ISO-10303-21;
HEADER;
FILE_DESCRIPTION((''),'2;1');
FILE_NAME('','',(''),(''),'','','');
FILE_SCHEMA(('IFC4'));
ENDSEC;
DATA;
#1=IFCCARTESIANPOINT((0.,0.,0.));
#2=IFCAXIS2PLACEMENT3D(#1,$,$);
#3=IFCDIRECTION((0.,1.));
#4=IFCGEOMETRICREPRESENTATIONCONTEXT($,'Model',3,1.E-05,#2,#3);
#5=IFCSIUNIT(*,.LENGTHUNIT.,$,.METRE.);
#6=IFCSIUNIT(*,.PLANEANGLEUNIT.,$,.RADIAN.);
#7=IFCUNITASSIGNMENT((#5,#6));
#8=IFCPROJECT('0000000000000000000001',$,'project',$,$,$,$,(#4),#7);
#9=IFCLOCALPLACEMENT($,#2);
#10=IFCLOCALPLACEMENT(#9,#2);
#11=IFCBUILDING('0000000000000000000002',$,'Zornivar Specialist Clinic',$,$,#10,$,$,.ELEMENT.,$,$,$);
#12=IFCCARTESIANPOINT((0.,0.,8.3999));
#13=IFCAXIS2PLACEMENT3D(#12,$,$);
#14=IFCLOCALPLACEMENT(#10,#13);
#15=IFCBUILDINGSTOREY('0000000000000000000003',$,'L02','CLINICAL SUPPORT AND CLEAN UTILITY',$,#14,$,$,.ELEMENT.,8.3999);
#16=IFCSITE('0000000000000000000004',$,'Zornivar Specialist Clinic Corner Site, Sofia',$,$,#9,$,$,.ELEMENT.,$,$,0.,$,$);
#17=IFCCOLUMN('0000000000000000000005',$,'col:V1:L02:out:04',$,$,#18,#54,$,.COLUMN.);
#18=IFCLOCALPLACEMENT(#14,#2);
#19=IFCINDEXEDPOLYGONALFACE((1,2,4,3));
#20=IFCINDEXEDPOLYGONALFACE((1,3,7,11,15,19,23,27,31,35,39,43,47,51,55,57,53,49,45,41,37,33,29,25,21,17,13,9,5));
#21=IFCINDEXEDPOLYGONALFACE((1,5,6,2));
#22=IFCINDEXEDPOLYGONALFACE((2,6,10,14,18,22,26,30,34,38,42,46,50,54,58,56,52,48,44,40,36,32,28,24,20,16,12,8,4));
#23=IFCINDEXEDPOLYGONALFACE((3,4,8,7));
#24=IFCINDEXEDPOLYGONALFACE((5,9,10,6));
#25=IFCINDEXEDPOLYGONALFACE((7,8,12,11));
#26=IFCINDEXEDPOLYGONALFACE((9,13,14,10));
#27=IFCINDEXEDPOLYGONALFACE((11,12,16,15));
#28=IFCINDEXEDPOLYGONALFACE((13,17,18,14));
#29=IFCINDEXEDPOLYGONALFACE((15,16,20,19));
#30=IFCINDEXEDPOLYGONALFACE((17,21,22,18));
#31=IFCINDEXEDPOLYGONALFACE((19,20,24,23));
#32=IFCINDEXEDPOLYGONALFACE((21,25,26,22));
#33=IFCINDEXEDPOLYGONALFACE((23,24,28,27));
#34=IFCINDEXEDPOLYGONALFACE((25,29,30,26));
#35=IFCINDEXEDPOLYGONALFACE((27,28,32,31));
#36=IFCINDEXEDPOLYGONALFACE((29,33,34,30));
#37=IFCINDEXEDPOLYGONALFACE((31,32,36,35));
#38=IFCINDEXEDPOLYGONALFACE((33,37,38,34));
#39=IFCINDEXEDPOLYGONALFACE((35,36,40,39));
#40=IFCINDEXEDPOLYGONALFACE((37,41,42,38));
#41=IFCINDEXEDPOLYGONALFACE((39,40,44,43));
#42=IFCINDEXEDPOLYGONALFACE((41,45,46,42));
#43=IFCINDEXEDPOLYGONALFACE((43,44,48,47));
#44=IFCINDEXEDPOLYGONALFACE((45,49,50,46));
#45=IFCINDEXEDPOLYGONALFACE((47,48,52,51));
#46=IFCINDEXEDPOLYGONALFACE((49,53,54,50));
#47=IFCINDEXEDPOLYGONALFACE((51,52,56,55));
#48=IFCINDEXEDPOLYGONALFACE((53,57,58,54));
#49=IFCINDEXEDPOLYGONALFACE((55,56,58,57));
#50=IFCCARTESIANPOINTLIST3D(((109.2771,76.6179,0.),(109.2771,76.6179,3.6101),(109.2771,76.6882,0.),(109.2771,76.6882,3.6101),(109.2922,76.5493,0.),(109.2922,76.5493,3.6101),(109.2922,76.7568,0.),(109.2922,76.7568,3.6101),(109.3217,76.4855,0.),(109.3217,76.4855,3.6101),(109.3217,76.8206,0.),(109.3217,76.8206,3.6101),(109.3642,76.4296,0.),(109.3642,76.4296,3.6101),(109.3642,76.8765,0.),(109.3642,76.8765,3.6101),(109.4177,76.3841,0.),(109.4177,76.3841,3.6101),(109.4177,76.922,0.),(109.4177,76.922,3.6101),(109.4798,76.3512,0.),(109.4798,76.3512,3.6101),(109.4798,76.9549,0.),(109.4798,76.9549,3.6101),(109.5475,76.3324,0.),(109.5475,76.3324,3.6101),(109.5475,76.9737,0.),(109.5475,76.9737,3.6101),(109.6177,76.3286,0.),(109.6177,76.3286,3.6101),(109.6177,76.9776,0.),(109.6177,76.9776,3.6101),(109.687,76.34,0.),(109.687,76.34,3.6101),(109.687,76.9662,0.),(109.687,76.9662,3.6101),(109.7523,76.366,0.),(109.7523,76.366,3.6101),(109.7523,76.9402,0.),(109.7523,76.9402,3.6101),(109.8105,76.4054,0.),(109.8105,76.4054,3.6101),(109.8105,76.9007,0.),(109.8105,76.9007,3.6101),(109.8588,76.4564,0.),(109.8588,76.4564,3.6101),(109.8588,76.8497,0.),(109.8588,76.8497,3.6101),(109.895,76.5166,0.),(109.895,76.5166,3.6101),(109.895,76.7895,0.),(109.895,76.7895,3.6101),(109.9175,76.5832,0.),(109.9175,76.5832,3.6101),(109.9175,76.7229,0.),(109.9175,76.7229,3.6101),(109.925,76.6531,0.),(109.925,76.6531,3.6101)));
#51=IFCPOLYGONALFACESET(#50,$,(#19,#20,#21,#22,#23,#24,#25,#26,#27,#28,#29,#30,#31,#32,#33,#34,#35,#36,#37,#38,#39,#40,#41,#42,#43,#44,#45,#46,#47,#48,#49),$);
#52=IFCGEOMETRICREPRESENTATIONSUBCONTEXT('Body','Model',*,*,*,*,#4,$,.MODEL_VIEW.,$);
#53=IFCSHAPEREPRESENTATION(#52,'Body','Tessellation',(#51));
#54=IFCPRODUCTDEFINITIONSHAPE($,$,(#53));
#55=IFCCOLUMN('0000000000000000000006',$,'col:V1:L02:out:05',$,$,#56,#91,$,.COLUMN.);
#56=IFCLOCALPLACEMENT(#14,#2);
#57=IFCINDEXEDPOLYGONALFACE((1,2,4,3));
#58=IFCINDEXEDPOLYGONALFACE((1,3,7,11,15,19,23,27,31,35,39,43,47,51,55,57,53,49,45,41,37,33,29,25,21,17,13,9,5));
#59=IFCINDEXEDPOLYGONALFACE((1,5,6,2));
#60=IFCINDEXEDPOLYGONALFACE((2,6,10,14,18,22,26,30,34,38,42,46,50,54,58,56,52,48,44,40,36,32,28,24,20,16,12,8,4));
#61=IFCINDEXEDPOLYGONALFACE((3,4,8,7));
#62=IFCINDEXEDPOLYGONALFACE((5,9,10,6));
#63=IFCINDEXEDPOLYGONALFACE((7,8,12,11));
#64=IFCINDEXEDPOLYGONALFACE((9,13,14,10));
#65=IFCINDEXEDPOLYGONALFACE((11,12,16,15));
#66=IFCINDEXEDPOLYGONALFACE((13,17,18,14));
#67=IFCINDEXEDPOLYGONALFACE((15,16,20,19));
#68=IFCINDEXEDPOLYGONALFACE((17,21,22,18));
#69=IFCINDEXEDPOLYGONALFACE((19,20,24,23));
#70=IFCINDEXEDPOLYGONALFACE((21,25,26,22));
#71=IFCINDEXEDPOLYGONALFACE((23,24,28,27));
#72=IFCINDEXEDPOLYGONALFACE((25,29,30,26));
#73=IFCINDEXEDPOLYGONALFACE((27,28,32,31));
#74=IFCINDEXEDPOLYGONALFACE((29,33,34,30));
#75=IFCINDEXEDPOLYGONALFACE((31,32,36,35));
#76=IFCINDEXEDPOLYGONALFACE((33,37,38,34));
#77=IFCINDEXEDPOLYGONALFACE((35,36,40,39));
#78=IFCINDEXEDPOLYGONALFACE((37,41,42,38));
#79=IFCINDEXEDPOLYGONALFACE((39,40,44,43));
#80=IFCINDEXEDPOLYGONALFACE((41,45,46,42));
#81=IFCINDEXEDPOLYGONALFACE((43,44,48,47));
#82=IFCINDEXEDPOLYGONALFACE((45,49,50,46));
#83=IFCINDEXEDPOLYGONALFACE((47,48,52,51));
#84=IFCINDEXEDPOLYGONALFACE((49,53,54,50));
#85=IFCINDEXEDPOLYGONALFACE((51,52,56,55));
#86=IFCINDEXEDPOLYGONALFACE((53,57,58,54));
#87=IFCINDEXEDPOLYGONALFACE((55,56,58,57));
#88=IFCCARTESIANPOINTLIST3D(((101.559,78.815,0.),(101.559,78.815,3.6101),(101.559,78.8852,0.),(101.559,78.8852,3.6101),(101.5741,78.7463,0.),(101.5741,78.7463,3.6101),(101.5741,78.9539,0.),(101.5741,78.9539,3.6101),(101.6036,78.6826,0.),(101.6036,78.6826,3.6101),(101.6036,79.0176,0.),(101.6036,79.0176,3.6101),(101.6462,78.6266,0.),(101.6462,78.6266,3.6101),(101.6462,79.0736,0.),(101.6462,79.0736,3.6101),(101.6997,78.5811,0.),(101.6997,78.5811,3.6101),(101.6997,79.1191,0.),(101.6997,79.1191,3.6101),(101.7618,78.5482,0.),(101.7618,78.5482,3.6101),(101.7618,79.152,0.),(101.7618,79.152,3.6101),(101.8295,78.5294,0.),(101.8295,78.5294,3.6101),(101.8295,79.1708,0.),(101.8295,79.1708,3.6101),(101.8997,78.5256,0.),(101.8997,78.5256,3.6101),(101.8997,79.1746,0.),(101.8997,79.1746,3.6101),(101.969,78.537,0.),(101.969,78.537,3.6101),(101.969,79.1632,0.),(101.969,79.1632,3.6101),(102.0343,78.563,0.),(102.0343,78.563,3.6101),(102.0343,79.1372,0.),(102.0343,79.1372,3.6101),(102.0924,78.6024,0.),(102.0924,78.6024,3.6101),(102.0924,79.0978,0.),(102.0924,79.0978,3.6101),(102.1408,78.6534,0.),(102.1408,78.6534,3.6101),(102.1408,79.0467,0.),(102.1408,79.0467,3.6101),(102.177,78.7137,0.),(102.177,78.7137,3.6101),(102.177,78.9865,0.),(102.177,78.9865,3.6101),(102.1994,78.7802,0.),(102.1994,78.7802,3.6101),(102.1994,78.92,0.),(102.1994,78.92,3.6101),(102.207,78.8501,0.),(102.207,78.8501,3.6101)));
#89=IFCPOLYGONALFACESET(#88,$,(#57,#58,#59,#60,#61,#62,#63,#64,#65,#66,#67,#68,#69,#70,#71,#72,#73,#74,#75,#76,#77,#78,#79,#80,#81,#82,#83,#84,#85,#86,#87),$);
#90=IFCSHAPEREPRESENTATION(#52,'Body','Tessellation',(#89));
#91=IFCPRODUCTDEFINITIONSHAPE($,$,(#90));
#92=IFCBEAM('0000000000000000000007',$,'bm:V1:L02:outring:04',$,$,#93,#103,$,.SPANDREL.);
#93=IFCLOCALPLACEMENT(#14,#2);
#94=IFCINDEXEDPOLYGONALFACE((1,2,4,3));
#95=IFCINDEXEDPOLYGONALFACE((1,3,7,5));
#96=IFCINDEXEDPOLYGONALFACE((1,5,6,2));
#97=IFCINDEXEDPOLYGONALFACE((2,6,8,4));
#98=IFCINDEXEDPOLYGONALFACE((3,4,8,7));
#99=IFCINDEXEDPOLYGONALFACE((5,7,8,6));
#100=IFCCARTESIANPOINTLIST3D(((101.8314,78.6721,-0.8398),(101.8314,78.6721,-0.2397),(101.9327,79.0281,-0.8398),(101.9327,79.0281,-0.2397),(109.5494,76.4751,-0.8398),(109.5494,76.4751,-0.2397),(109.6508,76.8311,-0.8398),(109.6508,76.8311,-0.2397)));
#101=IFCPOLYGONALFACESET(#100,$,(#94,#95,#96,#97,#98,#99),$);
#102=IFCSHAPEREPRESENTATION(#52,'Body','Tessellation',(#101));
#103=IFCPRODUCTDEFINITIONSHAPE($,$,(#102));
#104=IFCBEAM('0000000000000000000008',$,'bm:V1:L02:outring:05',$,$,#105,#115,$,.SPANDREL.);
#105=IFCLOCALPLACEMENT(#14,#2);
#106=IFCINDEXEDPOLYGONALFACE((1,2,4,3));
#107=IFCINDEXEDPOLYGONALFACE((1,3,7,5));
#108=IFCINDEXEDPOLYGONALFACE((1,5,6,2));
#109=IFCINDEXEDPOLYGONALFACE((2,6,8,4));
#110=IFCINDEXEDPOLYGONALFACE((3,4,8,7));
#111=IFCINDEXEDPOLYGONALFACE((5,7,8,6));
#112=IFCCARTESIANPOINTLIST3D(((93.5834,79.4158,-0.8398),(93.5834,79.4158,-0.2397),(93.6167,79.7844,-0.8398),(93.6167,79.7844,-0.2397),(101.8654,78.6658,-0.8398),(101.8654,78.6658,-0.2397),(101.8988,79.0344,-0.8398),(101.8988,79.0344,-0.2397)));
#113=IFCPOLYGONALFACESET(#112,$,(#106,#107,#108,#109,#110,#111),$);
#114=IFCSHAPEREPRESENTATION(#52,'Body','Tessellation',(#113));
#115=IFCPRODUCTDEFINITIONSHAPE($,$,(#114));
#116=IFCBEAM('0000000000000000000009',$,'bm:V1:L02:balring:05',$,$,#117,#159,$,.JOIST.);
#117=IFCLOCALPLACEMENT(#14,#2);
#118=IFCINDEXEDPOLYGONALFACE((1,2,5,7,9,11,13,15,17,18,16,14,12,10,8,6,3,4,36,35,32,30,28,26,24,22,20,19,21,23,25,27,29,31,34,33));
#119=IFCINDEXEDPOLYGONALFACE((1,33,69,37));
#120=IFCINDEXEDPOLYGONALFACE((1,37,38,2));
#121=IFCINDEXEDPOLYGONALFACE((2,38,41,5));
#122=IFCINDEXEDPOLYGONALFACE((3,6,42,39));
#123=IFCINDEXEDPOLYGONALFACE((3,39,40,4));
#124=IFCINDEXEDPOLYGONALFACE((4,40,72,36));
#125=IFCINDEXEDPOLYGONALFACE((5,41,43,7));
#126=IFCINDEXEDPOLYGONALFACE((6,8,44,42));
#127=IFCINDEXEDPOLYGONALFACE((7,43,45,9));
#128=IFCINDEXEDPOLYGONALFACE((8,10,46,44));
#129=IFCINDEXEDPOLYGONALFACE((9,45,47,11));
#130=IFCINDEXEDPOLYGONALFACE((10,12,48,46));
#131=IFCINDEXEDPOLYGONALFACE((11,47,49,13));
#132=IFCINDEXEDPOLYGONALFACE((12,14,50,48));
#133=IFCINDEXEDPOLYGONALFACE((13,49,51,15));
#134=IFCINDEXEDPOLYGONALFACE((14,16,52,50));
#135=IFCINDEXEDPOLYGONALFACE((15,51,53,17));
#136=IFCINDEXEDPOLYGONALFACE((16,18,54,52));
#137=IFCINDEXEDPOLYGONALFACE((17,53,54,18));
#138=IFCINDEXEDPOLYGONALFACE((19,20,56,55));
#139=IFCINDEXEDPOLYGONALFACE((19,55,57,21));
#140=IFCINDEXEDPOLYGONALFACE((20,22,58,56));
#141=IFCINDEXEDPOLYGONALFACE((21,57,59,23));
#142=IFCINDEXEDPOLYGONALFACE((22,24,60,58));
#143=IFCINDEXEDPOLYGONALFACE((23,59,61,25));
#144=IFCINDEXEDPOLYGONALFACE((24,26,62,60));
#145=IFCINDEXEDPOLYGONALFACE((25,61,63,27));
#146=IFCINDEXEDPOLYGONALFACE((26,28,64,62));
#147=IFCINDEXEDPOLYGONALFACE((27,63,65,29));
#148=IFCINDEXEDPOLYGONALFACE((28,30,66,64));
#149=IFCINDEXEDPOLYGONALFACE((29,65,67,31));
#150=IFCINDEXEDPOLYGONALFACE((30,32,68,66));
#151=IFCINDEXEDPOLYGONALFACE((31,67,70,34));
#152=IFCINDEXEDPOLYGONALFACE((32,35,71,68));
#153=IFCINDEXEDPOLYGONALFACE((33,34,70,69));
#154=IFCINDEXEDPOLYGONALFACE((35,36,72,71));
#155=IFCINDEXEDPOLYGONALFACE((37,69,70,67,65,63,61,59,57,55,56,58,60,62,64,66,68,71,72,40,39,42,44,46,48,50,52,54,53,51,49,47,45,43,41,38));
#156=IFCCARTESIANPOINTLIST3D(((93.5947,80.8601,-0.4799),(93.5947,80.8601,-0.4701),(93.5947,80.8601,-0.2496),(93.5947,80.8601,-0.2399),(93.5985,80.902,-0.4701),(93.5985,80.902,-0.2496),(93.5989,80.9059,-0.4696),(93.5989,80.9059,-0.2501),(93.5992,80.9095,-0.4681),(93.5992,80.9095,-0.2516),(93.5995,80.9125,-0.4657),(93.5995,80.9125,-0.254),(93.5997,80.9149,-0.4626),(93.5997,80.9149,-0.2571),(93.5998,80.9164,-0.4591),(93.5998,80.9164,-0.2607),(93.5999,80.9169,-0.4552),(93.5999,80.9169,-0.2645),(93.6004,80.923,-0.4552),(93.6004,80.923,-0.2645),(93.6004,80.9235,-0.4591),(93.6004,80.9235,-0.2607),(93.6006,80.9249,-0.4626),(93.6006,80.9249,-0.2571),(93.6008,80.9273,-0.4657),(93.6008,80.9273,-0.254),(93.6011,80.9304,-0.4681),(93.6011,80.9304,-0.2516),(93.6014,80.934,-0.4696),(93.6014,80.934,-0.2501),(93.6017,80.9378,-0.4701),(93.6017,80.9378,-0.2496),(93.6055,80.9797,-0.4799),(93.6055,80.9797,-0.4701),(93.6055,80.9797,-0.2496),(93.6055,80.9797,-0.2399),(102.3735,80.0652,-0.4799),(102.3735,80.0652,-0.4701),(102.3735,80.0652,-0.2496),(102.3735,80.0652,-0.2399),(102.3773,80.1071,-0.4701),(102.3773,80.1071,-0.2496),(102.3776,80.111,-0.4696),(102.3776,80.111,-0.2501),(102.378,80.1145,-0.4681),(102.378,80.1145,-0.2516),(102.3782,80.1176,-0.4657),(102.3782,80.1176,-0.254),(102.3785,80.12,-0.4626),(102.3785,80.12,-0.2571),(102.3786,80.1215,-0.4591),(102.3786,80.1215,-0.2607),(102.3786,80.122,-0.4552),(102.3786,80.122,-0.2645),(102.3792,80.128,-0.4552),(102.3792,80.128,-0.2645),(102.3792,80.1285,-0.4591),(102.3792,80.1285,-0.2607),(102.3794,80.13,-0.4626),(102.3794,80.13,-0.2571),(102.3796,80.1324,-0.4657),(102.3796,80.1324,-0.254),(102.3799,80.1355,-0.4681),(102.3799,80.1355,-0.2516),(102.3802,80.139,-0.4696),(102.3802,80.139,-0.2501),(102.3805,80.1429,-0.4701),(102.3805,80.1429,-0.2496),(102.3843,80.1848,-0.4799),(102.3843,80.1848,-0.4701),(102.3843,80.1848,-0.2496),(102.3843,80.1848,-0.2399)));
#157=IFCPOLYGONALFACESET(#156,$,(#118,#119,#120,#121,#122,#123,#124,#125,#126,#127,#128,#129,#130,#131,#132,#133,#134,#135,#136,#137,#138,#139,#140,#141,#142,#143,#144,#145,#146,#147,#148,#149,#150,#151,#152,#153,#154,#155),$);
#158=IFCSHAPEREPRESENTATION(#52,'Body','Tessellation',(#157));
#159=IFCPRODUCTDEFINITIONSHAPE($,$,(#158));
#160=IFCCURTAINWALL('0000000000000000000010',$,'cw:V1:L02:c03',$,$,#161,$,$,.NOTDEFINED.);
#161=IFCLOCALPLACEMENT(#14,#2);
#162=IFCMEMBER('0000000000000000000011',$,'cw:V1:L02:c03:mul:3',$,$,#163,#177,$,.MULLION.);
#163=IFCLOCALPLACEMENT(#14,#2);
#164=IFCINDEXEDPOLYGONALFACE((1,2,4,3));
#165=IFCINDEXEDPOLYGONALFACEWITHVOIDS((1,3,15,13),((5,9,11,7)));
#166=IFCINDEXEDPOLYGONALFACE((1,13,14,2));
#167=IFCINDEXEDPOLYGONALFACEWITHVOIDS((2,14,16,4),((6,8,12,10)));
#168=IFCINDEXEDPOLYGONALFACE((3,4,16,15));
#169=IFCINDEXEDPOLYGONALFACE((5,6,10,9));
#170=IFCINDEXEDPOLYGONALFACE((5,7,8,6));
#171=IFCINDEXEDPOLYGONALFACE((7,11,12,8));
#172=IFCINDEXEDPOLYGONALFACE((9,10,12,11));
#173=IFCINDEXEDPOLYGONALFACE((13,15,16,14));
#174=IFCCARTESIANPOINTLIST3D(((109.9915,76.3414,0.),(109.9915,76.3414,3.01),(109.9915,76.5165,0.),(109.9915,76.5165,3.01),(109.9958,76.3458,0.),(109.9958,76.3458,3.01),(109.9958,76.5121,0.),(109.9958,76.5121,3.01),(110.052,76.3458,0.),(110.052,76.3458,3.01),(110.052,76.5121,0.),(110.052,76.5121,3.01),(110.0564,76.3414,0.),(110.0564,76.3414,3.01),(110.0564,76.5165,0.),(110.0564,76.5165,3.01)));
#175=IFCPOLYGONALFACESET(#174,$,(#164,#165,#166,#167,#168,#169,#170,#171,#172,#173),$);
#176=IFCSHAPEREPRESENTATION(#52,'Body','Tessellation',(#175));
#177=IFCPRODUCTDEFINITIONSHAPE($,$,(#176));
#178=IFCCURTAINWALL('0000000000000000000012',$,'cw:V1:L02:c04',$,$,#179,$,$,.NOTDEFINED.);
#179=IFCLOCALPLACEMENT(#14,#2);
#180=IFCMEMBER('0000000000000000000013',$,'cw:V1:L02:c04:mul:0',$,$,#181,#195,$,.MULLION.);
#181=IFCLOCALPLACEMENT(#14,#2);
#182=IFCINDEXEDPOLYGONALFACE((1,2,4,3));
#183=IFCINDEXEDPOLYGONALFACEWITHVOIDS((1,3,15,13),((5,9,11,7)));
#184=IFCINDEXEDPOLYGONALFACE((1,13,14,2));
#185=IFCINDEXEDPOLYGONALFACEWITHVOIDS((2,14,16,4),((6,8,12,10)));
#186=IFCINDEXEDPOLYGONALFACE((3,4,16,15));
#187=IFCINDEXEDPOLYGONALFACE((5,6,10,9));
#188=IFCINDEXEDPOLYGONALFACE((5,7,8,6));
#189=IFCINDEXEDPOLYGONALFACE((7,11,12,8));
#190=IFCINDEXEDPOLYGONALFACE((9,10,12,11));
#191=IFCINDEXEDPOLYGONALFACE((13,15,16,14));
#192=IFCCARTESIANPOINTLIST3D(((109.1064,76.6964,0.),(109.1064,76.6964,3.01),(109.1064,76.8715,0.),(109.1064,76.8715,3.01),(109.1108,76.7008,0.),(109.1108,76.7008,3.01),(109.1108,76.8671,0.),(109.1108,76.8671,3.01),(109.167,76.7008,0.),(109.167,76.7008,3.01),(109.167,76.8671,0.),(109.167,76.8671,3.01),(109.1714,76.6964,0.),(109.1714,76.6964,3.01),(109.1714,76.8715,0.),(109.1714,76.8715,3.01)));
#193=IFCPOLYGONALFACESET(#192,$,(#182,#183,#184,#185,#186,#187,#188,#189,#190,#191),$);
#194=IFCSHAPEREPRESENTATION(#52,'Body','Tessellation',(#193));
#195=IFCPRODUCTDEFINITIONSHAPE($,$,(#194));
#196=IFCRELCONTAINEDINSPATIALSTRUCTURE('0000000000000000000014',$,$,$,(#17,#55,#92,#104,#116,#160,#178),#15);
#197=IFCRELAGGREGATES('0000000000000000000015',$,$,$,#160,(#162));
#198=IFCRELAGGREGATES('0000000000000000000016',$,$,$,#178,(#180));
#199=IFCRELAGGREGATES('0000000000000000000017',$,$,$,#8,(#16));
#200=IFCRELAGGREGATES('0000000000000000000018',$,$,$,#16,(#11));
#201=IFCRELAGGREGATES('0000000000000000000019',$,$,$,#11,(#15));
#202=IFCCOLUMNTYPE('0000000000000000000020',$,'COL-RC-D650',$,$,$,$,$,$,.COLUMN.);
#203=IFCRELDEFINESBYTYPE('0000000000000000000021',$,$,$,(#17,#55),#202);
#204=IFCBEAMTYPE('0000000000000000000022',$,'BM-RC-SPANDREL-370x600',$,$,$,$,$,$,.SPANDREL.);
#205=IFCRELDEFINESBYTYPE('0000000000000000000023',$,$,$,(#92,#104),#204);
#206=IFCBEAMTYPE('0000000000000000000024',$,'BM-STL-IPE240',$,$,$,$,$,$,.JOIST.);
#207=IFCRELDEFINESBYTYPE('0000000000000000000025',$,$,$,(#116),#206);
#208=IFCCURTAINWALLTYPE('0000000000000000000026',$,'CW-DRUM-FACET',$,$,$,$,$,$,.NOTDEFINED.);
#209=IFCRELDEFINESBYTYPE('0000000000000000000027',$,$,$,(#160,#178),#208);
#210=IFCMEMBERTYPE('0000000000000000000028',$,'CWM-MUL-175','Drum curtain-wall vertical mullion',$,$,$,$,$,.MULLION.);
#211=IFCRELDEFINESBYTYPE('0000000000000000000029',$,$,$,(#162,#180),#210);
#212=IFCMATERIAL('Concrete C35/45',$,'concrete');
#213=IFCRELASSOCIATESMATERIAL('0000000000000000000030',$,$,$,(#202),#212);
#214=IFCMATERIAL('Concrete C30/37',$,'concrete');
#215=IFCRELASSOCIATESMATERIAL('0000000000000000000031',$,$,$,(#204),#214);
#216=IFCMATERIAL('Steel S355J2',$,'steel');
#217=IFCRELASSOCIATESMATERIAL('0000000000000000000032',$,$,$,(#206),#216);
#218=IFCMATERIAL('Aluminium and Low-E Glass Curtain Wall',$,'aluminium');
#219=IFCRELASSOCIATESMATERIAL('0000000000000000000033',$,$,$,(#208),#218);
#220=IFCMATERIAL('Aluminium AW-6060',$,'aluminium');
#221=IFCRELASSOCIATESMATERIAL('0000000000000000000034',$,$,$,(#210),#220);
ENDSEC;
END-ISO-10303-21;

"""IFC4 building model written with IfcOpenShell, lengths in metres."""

from ifc_helpers import new_model, si_unit, direction, frame, origin, origin_2d, place, context, subcontext, project, spatial, rectangle, hollow_rectangle, circle, i_section, extrude, material, material_profile, profile_set, type_object, element, aggregate, save


model = new_model("IFC4")

# Units and contexts
model_context = context("Model", 3, precision=1e-05, world=origin(), true_north=direction((0.0, 1.0)))
body_context = subcontext(model_context, "Body", "Model", "MODEL_VIEW")
ifc_project = project(units=[si_unit("LENGTHUNIT", "METRE"), si_unit("PLANEANGLEUNIT", "RADIAN")], contexts=[model_context])

# Site, building, storey
site_placement = place(None, origin())
site = spatial("IfcSite", under=ifc_project, at=site_placement, Name="Zornivar Specialist Clinic Corner Site, Sofia", CompositionType="ELEMENT", RefElevation=0.0)
building_placement = place(site_placement, origin())
building = spatial("IfcBuilding", under=site, at=building_placement, Name="Zornivar Specialist Clinic", CompositionType="ELEMENT")
storey_placement = place(building_placement, frame((0.0, 0.0, 8.3999)))
storey = spatial("IfcBuildingStorey", under=building, at=storey_placement, Name="L02", Description="CLINICAL SUPPORT AND CLEAN UTILITY", CompositionType="ELEMENT", Elevation=8.3999)

# Columns
ifc_material_1 = material(Name="Concrete C35/45", Category="concrete")
ifc_material_profile_1 = material_profile(ifc_material_1, circle(Radius=0.325, at=origin_2d()), Name="RC D650")
ifc_profile_set_1 = profile_set([ifc_material_profile_1], Name="Concrete C35/45")
column_type = type_object("IfcColumnType", Name="COL-RC-D650", PredefinedType="COLUMN", material=ifc_profile_set_1)
for number, where, z_axis, x_axis, name in (
    (1, (109.6001, 76.6531, 0.0), (0.0, 0.0, 1.0), (1.0, 0.0, 0.0), "col:V1:L02:out:04"),
    (2, (101.8821, 78.8501, 0.0), (0.0, 0.0, 1.0), (1.0, 0.0, 0.0), "col:V1:L02:out:05"),
):
    element("IfcColumn", number, at=place(storey_placement, frame(where, z_axis=z_axis, x_axis=x_axis)), inside=storey, type_object=column_type, Name=name, PredefinedType="COLUMN", context=body_context, shape_type="SweptSolid", body=[
        extrude(circle(Radius=0.325, at=origin_2d()), origin(), (0.0, 0.0, 1.0), 3.6101),
    ])

# Beams
ifc_material_2 = material(Name="Concrete C30/37", Category="concrete")
ifc_material_profile_2 = material_profile(ifc_material_2, rectangle(XDim=0.3701, YDim=0.6001, at=origin_2d()), Name="RC 370x600")
ifc_profile_set_2 = profile_set([ifc_material_profile_2], Name="Concrete C30/37")
beam_type_1 = type_object("IfcBeamType", Name="BM-RC-SPANDREL-370x600", PredefinedType="SPANDREL", material=ifc_profile_set_2)
beam_1_placement = place(storey_placement, frame((109.6001, 76.6531, -0.5398), z_axis=(-0.961791, 0.273785, 0.0), x_axis=(-0.273785, -0.961791, 0.0)))
element("IfcBeam", 3, at=beam_1_placement, inside=storey, type_object=beam_type_1, Name="bm:V1:L02:outring:04", PredefinedType="SPANDREL", context=body_context, shape_type="SweptSolid", body=[
    extrude(rectangle(XDim=0.3701, YDim=0.6001, at=origin_2d()), origin(), (0.0, 0.0, 1.0), 8.0247),
])
beam_2_placement = place(storey_placement, frame((101.8821, 78.8501, -0.5398), z_axis=(-0.995925, 0.090189, 0.0), x_axis=(-0.090189, -0.995925, 0.0)))
element("IfcBeam", 4, at=beam_2_placement, inside=storey, type_object=beam_type_1, Name="bm:V1:L02:outring:05", PredefinedType="SPANDREL", context=body_context, shape_type="SweptSolid", body=[
    extrude(rectangle(XDim=0.3701, YDim=0.6001, at=origin_2d()), origin(), (0.0, 0.0, 1.0), 8.3159),
])
ifc_material_3 = material(Name="Steel S355J2", Category="steel")
ifc_material_profile_3 = material_profile(ifc_material_3, i_section(OverallWidth=0.1201, OverallDepth=0.24, WebThickness=0.0061, FlangeThickness=0.0098, FilletRadius=0.0149, at=origin_2d()), Name="IPE 240")
ifc_profile_set_3 = profile_set([ifc_material_profile_3], Name="Steel S355J2")
beam_type_2 = type_object("IfcBeamType", Name="BM-STL-IPE240", PredefinedType="JOIST", material=ifc_profile_set_3)
beam_3_placement = place(storey_placement, frame((102.3789, 80.125, -0.3599), z_axis=(-0.995925, 0.090181, 0.0), x_axis=(-0.090181, -0.995925, 0.0)))
element("IfcBeam", 5, at=beam_3_placement, inside=storey, type_object=beam_type_2, Name="bm:V1:L02:balring:05", PredefinedType="JOIST", context=body_context, shape_type="SweptSolid", body=[
    extrude(i_section(OverallWidth=0.1201, OverallDepth=0.24, WebThickness=0.0061, FlangeThickness=0.0098, FilletRadius=0.0149, at=origin_2d()), origin(), (0.0, 0.0, 1.0), 8.8147),
])

# Curtain wall, member
ifc_material_4 = material(Name="Aluminium and Low-E Glass Curtain Wall", Category="aluminium")
curtain_wall_type = type_object("IfcCurtainWallType", Name="CW-DRUM-FACET", PredefinedType="NOTDEFINED", material=ifc_material_4)
curtain_wall_1_placement = place(storey_placement, origin())
curtain_wall_1 = element("IfcCurtainWall", 6, at=curtain_wall_1_placement, inside=storey, type_object=curtain_wall_type, Name="cw:V1:L02:c03", PredefinedType="NOTDEFINED")
ifc_material_5 = material(Name="Aluminium AW-6060", Category="aluminium")
ifc_material_profile_4 = material_profile(ifc_material_5, hollow_rectangle(XDim=0.0649, YDim=0.175, WallThickness=0.0044, at=origin_2d()), Name="ALU 65x175x4.5")
ifc_profile_set_4 = profile_set([ifc_material_profile_4], Name="Aluminium AW-6060")
member_type_1 = type_object("IfcMemberType", Name="CWM-MUL-175", Description="Drum curtain-wall vertical mullion", PredefinedType="MULLION", material=ifc_profile_set_4)
member_1_placement = place(storey_placement, frame((110.0239, 76.429, 0.0), z_axis=(0.0, 0.0, 1.0), x_axis=(1.0, 0.0, 0.0)))
member_1 = element("IfcMember", 7, at=member_1_placement, type_object=member_type_1, Name="cw:V1:L02:c03:mul:3", PredefinedType="MULLION", context=body_context, shape_type="SweptSolid", body=[
    extrude(hollow_rectangle(XDim=0.0649, YDim=0.175, WallThickness=0.0044, at=origin_2d()), origin(), (0.0, 0.0, 1.0), 3.01),
])
aggregate(curtain_wall_1, [member_1])

# Curtain wall, member
curtain_wall_2_placement = place(storey_placement, origin())
curtain_wall_2 = element("IfcCurtainWall", 8, at=curtain_wall_2_placement, inside=storey, type_object=curtain_wall_type, Name="cw:V1:L02:c04", PredefinedType="NOTDEFINED")
member_2_placement = place(storey_placement, frame((109.1389, 76.7839, 0.0), z_axis=(0.0, 0.0, 1.0), x_axis=(1.0, 0.0, 0.0)))
member_2 = element("IfcMember", 9, at=member_2_placement, type_object=member_type_1, Name="cw:V1:L02:c04:mul:0", PredefinedType="MULLION", context=body_context, shape_type="SweptSolid", body=[
    extrude(hollow_rectangle(XDim=0.0649, YDim=0.175, WallThickness=0.0044, at=origin_2d()), origin(), (0.0, 0.0, 1.0), 3.01),
])

aggregate(curtain_wall_2, [member_2])

save(model, "model.ifc")
